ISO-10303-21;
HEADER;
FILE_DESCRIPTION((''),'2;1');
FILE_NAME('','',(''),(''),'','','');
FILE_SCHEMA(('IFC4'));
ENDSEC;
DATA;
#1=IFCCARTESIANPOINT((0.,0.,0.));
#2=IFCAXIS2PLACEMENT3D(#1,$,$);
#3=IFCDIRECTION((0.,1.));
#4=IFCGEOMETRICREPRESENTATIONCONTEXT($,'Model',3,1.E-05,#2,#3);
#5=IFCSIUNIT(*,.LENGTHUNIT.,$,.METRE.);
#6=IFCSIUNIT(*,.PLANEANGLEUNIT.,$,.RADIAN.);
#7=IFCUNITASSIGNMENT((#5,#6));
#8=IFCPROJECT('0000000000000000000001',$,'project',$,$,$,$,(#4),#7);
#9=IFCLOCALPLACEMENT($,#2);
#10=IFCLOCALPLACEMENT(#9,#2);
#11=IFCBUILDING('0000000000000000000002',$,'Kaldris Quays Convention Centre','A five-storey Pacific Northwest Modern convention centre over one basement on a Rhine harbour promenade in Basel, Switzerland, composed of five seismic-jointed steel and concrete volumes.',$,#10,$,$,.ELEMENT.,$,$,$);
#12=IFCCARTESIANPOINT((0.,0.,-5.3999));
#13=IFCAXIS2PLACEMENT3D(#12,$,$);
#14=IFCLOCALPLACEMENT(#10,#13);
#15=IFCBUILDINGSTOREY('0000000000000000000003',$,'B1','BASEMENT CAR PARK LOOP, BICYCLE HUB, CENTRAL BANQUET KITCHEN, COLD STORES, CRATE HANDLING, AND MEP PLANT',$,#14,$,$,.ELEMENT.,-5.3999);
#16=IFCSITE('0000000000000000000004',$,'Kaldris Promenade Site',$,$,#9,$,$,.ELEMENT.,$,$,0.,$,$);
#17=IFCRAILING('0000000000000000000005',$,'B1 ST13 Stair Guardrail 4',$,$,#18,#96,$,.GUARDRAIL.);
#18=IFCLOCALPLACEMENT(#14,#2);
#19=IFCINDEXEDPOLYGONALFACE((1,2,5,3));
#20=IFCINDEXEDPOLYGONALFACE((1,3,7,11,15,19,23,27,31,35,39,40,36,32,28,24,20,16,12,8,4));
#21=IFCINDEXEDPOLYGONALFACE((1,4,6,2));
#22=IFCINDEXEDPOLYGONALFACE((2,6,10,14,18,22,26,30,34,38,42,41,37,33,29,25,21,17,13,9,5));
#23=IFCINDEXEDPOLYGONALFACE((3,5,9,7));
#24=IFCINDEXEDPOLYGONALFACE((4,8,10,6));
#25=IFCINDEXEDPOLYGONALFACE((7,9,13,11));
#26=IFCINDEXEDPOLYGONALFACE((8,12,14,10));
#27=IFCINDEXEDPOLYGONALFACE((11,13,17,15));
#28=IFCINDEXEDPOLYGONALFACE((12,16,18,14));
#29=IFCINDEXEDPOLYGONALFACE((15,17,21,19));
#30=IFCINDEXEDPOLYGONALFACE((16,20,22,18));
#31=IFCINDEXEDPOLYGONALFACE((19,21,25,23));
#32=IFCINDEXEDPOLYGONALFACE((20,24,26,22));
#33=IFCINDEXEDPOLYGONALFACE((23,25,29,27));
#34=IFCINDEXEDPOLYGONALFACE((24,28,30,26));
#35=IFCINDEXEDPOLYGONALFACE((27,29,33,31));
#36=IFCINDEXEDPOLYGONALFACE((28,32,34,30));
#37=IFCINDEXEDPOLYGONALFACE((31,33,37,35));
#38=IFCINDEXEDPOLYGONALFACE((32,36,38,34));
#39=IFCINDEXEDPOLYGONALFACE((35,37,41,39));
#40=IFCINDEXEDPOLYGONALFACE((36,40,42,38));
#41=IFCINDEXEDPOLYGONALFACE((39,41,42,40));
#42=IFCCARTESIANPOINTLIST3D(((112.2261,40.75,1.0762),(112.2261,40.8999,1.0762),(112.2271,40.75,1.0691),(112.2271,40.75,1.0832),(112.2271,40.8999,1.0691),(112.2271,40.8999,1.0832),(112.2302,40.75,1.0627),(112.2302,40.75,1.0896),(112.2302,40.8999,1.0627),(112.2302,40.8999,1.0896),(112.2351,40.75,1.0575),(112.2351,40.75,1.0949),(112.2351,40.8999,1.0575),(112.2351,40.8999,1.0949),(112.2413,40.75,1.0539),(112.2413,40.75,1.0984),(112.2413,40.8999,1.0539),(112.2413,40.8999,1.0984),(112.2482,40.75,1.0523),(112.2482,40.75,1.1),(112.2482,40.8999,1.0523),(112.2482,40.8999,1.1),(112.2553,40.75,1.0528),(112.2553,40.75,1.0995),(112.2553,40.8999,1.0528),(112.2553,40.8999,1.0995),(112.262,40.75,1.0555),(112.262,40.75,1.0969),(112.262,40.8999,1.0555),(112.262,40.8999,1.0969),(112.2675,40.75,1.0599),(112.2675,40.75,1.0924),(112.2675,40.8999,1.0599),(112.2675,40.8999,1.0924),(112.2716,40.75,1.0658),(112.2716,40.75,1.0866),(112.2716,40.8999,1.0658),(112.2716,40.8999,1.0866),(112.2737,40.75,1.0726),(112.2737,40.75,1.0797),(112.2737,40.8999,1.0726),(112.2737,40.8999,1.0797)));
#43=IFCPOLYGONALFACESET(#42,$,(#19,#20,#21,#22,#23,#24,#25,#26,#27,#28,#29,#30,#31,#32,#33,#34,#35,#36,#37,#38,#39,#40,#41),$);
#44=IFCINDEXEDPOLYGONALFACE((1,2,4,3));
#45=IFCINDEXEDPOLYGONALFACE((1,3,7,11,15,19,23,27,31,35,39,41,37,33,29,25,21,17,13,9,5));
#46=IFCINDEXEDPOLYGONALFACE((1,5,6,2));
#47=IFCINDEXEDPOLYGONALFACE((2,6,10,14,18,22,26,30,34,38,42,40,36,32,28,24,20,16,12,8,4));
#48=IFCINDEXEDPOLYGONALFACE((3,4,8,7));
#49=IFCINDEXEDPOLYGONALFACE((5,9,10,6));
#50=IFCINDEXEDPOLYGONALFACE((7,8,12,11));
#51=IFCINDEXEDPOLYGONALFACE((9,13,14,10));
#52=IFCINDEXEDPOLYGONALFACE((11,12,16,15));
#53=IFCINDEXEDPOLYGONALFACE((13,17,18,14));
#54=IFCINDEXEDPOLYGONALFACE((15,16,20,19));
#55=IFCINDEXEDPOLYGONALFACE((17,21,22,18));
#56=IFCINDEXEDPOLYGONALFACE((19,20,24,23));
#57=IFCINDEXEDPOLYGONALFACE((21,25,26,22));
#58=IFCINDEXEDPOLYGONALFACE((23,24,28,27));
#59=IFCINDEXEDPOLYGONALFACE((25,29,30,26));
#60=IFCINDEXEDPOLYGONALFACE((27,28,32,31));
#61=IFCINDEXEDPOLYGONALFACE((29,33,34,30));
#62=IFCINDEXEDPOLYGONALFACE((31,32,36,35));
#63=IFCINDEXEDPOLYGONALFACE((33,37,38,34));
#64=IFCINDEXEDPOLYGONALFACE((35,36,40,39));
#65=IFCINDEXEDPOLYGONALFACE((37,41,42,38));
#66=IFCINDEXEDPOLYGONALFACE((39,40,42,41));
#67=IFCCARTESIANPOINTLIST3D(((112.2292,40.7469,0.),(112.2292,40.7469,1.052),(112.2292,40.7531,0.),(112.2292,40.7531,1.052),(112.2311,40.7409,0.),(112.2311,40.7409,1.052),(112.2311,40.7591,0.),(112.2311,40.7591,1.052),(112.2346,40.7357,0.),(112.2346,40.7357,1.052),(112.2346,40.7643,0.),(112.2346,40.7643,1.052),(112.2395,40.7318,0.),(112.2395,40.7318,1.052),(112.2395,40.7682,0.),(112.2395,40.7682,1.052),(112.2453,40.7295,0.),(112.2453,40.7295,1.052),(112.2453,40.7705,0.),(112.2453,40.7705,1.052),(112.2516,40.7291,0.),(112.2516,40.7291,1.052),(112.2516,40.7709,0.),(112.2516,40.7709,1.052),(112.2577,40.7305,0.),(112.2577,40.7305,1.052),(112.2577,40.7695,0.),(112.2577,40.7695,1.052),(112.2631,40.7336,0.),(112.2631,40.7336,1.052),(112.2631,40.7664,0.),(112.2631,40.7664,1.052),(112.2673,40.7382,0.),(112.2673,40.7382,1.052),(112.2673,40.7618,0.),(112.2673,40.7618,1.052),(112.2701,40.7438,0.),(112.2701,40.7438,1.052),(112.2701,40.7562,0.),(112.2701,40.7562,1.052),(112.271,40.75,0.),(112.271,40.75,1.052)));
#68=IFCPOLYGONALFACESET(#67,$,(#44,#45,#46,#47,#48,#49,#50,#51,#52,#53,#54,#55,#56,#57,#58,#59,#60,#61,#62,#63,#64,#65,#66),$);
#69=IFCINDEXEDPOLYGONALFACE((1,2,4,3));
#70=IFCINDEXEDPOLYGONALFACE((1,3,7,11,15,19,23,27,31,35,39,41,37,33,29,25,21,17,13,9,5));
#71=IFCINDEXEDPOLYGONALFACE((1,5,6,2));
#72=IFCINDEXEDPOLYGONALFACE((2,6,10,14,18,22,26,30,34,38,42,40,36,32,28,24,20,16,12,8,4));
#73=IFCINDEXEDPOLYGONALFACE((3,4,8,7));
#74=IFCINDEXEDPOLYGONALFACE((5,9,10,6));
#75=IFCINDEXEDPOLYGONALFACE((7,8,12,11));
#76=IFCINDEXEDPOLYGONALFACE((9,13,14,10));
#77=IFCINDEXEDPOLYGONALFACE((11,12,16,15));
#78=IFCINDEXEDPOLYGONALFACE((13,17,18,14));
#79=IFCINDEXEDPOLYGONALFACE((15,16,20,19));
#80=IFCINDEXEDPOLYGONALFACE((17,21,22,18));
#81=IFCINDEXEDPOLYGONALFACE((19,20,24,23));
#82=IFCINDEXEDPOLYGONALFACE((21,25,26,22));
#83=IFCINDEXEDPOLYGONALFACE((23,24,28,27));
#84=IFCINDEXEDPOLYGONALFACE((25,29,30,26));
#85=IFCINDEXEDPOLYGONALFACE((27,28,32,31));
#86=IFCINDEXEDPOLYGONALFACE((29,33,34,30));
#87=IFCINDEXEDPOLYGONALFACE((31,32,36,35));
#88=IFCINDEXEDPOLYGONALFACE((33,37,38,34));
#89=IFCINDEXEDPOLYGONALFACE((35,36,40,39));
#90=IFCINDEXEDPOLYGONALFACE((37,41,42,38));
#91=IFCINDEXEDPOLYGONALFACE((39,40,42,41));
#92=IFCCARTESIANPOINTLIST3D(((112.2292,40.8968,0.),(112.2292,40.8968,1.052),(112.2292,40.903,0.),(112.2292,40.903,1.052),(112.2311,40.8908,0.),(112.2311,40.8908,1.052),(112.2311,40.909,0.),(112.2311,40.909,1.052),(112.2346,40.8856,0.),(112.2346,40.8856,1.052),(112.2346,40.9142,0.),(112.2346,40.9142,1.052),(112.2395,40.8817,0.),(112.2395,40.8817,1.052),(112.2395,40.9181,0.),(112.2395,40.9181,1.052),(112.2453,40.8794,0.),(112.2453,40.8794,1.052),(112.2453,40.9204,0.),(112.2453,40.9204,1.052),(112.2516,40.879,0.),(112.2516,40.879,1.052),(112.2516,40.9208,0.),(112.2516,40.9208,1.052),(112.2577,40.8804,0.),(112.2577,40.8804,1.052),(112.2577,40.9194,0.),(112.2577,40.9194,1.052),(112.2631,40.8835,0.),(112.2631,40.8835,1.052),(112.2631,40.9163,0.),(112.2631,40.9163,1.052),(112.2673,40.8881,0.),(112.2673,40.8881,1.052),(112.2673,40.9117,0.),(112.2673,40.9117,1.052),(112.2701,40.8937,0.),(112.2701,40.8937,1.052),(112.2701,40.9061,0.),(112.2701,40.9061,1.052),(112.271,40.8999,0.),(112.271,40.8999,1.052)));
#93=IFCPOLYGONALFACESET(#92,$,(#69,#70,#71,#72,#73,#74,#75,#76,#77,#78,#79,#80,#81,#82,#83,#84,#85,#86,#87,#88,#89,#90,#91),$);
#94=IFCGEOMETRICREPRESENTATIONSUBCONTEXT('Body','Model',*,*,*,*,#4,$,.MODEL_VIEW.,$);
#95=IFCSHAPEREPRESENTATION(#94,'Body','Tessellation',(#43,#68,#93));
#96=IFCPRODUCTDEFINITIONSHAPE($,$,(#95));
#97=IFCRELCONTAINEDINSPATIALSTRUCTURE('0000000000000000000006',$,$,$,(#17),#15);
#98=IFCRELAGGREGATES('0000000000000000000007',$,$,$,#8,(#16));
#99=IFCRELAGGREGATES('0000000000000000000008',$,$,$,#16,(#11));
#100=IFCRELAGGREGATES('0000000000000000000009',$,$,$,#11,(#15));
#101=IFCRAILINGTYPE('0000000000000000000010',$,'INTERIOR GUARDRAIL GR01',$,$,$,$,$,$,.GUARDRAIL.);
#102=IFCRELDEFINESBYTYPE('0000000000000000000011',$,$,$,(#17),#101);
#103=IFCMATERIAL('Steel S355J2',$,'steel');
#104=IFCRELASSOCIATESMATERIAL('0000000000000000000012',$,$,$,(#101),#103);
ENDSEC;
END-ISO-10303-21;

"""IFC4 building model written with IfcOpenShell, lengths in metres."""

from ifc_helpers import new_model, si_unit, direction, frame, origin, origin_2d, place, context, subcontext, project, spatial, circle, extrude, material, type_object, element, save


model = new_model("IFC4")

# Units and contexts
model_context = context("Model", 3, precision=1e-05, world=origin(), true_north=direction((0.0, 1.0)))
body_context = subcontext(model_context, "Body", "Model", "MODEL_VIEW")
ifc_project = project(units=[si_unit("LENGTHUNIT", "METRE"), si_unit("PLANEANGLEUNIT", "RADIAN")], contexts=[model_context])

# Site, building, storey
site_placement = place(None, origin())
site = spatial("IfcSite", under=ifc_project, at=site_placement, Name="Kaldris Promenade Site", CompositionType="ELEMENT", RefElevation=0.0)
building_placement = place(site_placement, origin())
building = spatial("IfcBuilding", under=site, at=building_placement, Name="Kaldris Quays Convention Centre", Description="A five-storey Pacific Northwest Modern convention centre over one basement on a Rhine harbour promenade in Basel, Switzerland, composed of five seismic-jointed steel and concrete volumes.", CompositionType="ELEMENT")
storey_placement = place(building_placement, frame((0.0, 0.0, -5.3999)))
storey = spatial("IfcBuildingStorey", under=building, at=storey_placement, Name="B1", Description="BASEMENT CAR PARK LOOP, BICYCLE HUB, CENTRAL BANQUET KITCHEN, COLD STORES, CRATE HANDLING, AND MEP PLANT", CompositionType="ELEMENT", Elevation=-5.3999)

# Shared definitions
ifc_material_1 = material(Name="Steel S355J2", Category="steel")

# Railing
railing_type_1 = type_object("IfcRailingType", Name="INTERIOR GUARDRAIL GR01", PredefinedType="GUARDRAIL", material=ifc_material_1)
railing_1_placement = place(storey_placement, frame((112.25, 40.75, 0.0)))
element("IfcRailing", 1, at=railing_1_placement, inside=storey, type_object=railing_type_1, Name="B1 ST13 Stair Guardrail 4", PredefinedType="GUARDRAIL", context=body_context, shape_type="SweptSolid", body=[
    extrude(circle(Radius=0.0239, at=origin_2d()), frame((0.0, 0.0, 1.0762), z_axis=(0.0, 1.0, 0.0), x_axis=(-1.0, 0.0, 0.0)), (0.0, 0.0, 1.0), 0.1499),
    extrude(circle(Radius=0.021, at=origin_2d()), origin(), (0.0, 0.0, 1.0), 1.052),
    extrude(circle(Radius=0.021, at=origin_2d()), frame((0.0, 0.1499, 0.0)), (0.0, 0.0, 1.0), 1.052),
])

save(model, "model.ifc")
